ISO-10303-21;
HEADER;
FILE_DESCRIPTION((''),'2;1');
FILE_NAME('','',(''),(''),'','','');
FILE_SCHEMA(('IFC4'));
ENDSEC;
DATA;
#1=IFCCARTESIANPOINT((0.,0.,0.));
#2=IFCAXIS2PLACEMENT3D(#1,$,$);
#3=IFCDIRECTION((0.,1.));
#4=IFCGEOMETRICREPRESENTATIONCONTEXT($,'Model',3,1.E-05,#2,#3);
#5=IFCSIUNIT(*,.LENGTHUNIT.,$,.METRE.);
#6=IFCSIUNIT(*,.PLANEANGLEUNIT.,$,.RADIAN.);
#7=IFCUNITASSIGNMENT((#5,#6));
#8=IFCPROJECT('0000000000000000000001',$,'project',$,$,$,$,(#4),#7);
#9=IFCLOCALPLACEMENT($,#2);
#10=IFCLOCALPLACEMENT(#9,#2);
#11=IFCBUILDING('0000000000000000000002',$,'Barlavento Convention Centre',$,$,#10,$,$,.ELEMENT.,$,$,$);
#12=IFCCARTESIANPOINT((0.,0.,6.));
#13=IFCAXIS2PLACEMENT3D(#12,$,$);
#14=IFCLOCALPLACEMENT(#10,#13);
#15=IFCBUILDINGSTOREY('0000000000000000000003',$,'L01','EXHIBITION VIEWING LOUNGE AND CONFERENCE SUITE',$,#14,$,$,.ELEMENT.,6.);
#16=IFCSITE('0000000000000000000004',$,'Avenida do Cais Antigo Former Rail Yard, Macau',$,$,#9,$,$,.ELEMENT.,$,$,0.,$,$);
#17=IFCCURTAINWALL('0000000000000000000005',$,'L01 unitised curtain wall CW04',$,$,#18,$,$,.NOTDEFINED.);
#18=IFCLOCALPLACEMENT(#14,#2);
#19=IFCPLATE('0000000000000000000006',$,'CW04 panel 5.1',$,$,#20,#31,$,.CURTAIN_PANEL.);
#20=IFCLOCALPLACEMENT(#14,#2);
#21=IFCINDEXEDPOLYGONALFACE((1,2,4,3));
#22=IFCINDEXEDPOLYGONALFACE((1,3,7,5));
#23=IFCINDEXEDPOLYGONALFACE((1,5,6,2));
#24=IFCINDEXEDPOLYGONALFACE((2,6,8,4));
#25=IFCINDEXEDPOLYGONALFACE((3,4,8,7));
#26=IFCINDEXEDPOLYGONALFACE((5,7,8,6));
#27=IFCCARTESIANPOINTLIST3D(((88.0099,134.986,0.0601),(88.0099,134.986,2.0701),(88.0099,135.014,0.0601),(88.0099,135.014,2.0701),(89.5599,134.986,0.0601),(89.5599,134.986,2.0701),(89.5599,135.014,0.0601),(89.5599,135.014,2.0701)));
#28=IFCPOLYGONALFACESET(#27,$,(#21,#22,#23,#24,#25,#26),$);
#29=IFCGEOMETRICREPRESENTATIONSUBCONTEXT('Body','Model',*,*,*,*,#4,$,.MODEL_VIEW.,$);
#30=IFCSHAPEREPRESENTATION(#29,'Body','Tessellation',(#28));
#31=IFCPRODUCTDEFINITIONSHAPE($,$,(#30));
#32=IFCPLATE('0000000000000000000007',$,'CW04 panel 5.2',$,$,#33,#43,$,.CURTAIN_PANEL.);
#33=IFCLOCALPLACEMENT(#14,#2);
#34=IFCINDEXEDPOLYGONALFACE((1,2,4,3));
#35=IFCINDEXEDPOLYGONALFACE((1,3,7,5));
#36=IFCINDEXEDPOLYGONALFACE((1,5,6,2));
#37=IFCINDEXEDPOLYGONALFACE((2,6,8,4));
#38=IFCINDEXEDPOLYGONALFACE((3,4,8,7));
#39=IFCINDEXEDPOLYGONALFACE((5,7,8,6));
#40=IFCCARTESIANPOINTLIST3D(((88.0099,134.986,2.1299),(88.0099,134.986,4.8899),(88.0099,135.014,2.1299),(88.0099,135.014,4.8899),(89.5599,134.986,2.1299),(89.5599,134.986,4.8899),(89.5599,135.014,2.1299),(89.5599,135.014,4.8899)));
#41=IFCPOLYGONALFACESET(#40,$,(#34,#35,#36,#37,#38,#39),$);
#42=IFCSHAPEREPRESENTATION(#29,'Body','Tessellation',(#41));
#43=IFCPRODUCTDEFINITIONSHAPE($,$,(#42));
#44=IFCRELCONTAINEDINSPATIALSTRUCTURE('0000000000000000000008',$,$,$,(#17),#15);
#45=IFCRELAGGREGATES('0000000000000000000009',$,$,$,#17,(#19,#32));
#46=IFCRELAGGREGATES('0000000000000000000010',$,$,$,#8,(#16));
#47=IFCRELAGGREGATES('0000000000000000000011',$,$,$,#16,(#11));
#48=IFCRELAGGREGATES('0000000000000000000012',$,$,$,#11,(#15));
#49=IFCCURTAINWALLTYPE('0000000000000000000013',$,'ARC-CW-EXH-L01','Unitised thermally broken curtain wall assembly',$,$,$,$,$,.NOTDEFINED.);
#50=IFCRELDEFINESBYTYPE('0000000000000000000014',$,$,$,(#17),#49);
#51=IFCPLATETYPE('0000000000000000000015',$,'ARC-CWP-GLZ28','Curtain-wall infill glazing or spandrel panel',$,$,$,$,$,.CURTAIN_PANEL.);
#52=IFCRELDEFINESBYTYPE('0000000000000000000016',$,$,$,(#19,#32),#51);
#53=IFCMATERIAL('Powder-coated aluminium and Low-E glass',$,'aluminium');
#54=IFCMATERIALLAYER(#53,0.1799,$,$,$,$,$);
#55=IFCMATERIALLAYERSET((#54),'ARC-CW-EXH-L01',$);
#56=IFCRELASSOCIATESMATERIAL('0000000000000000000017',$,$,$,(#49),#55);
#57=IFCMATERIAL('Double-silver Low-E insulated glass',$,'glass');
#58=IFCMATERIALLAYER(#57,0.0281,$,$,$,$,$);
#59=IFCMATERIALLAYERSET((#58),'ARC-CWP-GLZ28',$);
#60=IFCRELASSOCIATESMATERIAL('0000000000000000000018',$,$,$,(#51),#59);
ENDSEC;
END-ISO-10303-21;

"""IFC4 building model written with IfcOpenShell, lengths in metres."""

from ifc_helpers import new_model, si_unit, direction, frame, origin, origin_2d, place, context, subcontext, project, spatial, rectangle, extrude, material, layer, layer_set, type_object, element, aggregate, save


model = new_model("IFC4")

# Units and contexts
model_context = context("Model", 3, precision=1e-05, world=origin(), true_north=direction((0.0, 1.0)))
body_context = subcontext(model_context, "Body", "Model", "MODEL_VIEW")
ifc_project = project(units=[si_unit("LENGTHUNIT", "METRE"), si_unit("PLANEANGLEUNIT", "RADIAN")], contexts=[model_context])

# Site, building, storey
site_placement = place(None, origin())
site = spatial("IfcSite", under=ifc_project, at=site_placement, Name="Avenida do Cais Antigo Former Rail Yard, Macau", CompositionType="ELEMENT", RefElevation=0.0)
building_placement = place(site_placement, origin())
building = spatial("IfcBuilding", under=site, at=building_placement, Name="Barlavento Convention Centre", CompositionType="ELEMENT")
storey_placement = place(building_placement, frame((0.0, 0.0, 6.0)))
storey = spatial("IfcBuildingStorey", under=building, at=storey_placement, Name="L01", Description="EXHIBITION VIEWING LOUNGE AND CONFERENCE SUITE", CompositionType="ELEMENT", Elevation=6.0)

# Curtain wall
ifc_material_1 = material(Name="Powder-coated aluminium and Low-E glass", Category="aluminium")
ifc_layer_1 = layer(ifc_material_1, 0.1799)
ifc_layer_set_1 = layer_set([ifc_layer_1], Name="ARC-CW-EXH-L01")
curtain_wall_type = type_object("IfcCurtainWallType", Name="ARC-CW-EXH-L01", Description="Unitised thermally broken curtain wall assembly", PredefinedType="NOTDEFINED", material=ifc_layer_set_1)
curtain_wall_1_placement = place(storey_placement, origin())
curtain_wall_1 = element("IfcCurtainWall", 1, at=curtain_wall_1_placement, inside=storey, type_object=curtain_wall_type, Name="L01 unitised curtain wall CW04", PredefinedType="NOTDEFINED")

# Plates
ifc_material_2 = material(Name="Double-silver Low-E insulated glass", Category="glass")
ifc_layer_2 = layer(ifc_material_2, 0.0281)
ifc_layer_set_2 = layer_set([ifc_layer_2], Name="ARC-CWP-GLZ28")
plate_type = type_object("IfcPlateType", Name="ARC-CWP-GLZ28", Description="Curtain-wall infill glazing or spandrel panel", PredefinedType="CURTAIN_PANEL", material=ifc_layer_set_2)
plate_1_placement = place(storey_placement, frame((88.7849, 135.0, 0.0601), z_axis=(0.0, 0.0, 1.0), x_axis=(1.0, 0.0, 0.0)))
plate_1 = element("IfcPlate", 2, at=plate_1_placement, type_object=plate_type, Name="CW04 panel 5.1", PredefinedType="CURTAIN_PANEL", context=body_context, shape_type="SweptSolid", body=[
    extrude(rectangle(XDim=1.55, YDim=0.0281, at=origin_2d()), origin(), (0.0, 0.0, 1.0), 2.01),
])
plate_2_placement = place(storey_placement, frame((88.7849, 135.0, 2.1299), z_axis=(0.0, 0.0, 1.0), x_axis=(1.0, 0.0, 0.0)))
plate_2 = element("IfcPlate", 3, at=plate_2_placement, type_object=plate_type, Name="CW04 panel 5.2", PredefinedType="CURTAIN_PANEL", context=body_context, shape_type="SweptSolid", body=[
    extrude(rectangle(XDim=1.55, YDim=0.0281, at=origin_2d()), origin(), (0.0, 0.0, 1.0), 2.76),
])
aggregate(curtain_wall_1, [plate_1, plate_2])

save(model, "model.ifc")
